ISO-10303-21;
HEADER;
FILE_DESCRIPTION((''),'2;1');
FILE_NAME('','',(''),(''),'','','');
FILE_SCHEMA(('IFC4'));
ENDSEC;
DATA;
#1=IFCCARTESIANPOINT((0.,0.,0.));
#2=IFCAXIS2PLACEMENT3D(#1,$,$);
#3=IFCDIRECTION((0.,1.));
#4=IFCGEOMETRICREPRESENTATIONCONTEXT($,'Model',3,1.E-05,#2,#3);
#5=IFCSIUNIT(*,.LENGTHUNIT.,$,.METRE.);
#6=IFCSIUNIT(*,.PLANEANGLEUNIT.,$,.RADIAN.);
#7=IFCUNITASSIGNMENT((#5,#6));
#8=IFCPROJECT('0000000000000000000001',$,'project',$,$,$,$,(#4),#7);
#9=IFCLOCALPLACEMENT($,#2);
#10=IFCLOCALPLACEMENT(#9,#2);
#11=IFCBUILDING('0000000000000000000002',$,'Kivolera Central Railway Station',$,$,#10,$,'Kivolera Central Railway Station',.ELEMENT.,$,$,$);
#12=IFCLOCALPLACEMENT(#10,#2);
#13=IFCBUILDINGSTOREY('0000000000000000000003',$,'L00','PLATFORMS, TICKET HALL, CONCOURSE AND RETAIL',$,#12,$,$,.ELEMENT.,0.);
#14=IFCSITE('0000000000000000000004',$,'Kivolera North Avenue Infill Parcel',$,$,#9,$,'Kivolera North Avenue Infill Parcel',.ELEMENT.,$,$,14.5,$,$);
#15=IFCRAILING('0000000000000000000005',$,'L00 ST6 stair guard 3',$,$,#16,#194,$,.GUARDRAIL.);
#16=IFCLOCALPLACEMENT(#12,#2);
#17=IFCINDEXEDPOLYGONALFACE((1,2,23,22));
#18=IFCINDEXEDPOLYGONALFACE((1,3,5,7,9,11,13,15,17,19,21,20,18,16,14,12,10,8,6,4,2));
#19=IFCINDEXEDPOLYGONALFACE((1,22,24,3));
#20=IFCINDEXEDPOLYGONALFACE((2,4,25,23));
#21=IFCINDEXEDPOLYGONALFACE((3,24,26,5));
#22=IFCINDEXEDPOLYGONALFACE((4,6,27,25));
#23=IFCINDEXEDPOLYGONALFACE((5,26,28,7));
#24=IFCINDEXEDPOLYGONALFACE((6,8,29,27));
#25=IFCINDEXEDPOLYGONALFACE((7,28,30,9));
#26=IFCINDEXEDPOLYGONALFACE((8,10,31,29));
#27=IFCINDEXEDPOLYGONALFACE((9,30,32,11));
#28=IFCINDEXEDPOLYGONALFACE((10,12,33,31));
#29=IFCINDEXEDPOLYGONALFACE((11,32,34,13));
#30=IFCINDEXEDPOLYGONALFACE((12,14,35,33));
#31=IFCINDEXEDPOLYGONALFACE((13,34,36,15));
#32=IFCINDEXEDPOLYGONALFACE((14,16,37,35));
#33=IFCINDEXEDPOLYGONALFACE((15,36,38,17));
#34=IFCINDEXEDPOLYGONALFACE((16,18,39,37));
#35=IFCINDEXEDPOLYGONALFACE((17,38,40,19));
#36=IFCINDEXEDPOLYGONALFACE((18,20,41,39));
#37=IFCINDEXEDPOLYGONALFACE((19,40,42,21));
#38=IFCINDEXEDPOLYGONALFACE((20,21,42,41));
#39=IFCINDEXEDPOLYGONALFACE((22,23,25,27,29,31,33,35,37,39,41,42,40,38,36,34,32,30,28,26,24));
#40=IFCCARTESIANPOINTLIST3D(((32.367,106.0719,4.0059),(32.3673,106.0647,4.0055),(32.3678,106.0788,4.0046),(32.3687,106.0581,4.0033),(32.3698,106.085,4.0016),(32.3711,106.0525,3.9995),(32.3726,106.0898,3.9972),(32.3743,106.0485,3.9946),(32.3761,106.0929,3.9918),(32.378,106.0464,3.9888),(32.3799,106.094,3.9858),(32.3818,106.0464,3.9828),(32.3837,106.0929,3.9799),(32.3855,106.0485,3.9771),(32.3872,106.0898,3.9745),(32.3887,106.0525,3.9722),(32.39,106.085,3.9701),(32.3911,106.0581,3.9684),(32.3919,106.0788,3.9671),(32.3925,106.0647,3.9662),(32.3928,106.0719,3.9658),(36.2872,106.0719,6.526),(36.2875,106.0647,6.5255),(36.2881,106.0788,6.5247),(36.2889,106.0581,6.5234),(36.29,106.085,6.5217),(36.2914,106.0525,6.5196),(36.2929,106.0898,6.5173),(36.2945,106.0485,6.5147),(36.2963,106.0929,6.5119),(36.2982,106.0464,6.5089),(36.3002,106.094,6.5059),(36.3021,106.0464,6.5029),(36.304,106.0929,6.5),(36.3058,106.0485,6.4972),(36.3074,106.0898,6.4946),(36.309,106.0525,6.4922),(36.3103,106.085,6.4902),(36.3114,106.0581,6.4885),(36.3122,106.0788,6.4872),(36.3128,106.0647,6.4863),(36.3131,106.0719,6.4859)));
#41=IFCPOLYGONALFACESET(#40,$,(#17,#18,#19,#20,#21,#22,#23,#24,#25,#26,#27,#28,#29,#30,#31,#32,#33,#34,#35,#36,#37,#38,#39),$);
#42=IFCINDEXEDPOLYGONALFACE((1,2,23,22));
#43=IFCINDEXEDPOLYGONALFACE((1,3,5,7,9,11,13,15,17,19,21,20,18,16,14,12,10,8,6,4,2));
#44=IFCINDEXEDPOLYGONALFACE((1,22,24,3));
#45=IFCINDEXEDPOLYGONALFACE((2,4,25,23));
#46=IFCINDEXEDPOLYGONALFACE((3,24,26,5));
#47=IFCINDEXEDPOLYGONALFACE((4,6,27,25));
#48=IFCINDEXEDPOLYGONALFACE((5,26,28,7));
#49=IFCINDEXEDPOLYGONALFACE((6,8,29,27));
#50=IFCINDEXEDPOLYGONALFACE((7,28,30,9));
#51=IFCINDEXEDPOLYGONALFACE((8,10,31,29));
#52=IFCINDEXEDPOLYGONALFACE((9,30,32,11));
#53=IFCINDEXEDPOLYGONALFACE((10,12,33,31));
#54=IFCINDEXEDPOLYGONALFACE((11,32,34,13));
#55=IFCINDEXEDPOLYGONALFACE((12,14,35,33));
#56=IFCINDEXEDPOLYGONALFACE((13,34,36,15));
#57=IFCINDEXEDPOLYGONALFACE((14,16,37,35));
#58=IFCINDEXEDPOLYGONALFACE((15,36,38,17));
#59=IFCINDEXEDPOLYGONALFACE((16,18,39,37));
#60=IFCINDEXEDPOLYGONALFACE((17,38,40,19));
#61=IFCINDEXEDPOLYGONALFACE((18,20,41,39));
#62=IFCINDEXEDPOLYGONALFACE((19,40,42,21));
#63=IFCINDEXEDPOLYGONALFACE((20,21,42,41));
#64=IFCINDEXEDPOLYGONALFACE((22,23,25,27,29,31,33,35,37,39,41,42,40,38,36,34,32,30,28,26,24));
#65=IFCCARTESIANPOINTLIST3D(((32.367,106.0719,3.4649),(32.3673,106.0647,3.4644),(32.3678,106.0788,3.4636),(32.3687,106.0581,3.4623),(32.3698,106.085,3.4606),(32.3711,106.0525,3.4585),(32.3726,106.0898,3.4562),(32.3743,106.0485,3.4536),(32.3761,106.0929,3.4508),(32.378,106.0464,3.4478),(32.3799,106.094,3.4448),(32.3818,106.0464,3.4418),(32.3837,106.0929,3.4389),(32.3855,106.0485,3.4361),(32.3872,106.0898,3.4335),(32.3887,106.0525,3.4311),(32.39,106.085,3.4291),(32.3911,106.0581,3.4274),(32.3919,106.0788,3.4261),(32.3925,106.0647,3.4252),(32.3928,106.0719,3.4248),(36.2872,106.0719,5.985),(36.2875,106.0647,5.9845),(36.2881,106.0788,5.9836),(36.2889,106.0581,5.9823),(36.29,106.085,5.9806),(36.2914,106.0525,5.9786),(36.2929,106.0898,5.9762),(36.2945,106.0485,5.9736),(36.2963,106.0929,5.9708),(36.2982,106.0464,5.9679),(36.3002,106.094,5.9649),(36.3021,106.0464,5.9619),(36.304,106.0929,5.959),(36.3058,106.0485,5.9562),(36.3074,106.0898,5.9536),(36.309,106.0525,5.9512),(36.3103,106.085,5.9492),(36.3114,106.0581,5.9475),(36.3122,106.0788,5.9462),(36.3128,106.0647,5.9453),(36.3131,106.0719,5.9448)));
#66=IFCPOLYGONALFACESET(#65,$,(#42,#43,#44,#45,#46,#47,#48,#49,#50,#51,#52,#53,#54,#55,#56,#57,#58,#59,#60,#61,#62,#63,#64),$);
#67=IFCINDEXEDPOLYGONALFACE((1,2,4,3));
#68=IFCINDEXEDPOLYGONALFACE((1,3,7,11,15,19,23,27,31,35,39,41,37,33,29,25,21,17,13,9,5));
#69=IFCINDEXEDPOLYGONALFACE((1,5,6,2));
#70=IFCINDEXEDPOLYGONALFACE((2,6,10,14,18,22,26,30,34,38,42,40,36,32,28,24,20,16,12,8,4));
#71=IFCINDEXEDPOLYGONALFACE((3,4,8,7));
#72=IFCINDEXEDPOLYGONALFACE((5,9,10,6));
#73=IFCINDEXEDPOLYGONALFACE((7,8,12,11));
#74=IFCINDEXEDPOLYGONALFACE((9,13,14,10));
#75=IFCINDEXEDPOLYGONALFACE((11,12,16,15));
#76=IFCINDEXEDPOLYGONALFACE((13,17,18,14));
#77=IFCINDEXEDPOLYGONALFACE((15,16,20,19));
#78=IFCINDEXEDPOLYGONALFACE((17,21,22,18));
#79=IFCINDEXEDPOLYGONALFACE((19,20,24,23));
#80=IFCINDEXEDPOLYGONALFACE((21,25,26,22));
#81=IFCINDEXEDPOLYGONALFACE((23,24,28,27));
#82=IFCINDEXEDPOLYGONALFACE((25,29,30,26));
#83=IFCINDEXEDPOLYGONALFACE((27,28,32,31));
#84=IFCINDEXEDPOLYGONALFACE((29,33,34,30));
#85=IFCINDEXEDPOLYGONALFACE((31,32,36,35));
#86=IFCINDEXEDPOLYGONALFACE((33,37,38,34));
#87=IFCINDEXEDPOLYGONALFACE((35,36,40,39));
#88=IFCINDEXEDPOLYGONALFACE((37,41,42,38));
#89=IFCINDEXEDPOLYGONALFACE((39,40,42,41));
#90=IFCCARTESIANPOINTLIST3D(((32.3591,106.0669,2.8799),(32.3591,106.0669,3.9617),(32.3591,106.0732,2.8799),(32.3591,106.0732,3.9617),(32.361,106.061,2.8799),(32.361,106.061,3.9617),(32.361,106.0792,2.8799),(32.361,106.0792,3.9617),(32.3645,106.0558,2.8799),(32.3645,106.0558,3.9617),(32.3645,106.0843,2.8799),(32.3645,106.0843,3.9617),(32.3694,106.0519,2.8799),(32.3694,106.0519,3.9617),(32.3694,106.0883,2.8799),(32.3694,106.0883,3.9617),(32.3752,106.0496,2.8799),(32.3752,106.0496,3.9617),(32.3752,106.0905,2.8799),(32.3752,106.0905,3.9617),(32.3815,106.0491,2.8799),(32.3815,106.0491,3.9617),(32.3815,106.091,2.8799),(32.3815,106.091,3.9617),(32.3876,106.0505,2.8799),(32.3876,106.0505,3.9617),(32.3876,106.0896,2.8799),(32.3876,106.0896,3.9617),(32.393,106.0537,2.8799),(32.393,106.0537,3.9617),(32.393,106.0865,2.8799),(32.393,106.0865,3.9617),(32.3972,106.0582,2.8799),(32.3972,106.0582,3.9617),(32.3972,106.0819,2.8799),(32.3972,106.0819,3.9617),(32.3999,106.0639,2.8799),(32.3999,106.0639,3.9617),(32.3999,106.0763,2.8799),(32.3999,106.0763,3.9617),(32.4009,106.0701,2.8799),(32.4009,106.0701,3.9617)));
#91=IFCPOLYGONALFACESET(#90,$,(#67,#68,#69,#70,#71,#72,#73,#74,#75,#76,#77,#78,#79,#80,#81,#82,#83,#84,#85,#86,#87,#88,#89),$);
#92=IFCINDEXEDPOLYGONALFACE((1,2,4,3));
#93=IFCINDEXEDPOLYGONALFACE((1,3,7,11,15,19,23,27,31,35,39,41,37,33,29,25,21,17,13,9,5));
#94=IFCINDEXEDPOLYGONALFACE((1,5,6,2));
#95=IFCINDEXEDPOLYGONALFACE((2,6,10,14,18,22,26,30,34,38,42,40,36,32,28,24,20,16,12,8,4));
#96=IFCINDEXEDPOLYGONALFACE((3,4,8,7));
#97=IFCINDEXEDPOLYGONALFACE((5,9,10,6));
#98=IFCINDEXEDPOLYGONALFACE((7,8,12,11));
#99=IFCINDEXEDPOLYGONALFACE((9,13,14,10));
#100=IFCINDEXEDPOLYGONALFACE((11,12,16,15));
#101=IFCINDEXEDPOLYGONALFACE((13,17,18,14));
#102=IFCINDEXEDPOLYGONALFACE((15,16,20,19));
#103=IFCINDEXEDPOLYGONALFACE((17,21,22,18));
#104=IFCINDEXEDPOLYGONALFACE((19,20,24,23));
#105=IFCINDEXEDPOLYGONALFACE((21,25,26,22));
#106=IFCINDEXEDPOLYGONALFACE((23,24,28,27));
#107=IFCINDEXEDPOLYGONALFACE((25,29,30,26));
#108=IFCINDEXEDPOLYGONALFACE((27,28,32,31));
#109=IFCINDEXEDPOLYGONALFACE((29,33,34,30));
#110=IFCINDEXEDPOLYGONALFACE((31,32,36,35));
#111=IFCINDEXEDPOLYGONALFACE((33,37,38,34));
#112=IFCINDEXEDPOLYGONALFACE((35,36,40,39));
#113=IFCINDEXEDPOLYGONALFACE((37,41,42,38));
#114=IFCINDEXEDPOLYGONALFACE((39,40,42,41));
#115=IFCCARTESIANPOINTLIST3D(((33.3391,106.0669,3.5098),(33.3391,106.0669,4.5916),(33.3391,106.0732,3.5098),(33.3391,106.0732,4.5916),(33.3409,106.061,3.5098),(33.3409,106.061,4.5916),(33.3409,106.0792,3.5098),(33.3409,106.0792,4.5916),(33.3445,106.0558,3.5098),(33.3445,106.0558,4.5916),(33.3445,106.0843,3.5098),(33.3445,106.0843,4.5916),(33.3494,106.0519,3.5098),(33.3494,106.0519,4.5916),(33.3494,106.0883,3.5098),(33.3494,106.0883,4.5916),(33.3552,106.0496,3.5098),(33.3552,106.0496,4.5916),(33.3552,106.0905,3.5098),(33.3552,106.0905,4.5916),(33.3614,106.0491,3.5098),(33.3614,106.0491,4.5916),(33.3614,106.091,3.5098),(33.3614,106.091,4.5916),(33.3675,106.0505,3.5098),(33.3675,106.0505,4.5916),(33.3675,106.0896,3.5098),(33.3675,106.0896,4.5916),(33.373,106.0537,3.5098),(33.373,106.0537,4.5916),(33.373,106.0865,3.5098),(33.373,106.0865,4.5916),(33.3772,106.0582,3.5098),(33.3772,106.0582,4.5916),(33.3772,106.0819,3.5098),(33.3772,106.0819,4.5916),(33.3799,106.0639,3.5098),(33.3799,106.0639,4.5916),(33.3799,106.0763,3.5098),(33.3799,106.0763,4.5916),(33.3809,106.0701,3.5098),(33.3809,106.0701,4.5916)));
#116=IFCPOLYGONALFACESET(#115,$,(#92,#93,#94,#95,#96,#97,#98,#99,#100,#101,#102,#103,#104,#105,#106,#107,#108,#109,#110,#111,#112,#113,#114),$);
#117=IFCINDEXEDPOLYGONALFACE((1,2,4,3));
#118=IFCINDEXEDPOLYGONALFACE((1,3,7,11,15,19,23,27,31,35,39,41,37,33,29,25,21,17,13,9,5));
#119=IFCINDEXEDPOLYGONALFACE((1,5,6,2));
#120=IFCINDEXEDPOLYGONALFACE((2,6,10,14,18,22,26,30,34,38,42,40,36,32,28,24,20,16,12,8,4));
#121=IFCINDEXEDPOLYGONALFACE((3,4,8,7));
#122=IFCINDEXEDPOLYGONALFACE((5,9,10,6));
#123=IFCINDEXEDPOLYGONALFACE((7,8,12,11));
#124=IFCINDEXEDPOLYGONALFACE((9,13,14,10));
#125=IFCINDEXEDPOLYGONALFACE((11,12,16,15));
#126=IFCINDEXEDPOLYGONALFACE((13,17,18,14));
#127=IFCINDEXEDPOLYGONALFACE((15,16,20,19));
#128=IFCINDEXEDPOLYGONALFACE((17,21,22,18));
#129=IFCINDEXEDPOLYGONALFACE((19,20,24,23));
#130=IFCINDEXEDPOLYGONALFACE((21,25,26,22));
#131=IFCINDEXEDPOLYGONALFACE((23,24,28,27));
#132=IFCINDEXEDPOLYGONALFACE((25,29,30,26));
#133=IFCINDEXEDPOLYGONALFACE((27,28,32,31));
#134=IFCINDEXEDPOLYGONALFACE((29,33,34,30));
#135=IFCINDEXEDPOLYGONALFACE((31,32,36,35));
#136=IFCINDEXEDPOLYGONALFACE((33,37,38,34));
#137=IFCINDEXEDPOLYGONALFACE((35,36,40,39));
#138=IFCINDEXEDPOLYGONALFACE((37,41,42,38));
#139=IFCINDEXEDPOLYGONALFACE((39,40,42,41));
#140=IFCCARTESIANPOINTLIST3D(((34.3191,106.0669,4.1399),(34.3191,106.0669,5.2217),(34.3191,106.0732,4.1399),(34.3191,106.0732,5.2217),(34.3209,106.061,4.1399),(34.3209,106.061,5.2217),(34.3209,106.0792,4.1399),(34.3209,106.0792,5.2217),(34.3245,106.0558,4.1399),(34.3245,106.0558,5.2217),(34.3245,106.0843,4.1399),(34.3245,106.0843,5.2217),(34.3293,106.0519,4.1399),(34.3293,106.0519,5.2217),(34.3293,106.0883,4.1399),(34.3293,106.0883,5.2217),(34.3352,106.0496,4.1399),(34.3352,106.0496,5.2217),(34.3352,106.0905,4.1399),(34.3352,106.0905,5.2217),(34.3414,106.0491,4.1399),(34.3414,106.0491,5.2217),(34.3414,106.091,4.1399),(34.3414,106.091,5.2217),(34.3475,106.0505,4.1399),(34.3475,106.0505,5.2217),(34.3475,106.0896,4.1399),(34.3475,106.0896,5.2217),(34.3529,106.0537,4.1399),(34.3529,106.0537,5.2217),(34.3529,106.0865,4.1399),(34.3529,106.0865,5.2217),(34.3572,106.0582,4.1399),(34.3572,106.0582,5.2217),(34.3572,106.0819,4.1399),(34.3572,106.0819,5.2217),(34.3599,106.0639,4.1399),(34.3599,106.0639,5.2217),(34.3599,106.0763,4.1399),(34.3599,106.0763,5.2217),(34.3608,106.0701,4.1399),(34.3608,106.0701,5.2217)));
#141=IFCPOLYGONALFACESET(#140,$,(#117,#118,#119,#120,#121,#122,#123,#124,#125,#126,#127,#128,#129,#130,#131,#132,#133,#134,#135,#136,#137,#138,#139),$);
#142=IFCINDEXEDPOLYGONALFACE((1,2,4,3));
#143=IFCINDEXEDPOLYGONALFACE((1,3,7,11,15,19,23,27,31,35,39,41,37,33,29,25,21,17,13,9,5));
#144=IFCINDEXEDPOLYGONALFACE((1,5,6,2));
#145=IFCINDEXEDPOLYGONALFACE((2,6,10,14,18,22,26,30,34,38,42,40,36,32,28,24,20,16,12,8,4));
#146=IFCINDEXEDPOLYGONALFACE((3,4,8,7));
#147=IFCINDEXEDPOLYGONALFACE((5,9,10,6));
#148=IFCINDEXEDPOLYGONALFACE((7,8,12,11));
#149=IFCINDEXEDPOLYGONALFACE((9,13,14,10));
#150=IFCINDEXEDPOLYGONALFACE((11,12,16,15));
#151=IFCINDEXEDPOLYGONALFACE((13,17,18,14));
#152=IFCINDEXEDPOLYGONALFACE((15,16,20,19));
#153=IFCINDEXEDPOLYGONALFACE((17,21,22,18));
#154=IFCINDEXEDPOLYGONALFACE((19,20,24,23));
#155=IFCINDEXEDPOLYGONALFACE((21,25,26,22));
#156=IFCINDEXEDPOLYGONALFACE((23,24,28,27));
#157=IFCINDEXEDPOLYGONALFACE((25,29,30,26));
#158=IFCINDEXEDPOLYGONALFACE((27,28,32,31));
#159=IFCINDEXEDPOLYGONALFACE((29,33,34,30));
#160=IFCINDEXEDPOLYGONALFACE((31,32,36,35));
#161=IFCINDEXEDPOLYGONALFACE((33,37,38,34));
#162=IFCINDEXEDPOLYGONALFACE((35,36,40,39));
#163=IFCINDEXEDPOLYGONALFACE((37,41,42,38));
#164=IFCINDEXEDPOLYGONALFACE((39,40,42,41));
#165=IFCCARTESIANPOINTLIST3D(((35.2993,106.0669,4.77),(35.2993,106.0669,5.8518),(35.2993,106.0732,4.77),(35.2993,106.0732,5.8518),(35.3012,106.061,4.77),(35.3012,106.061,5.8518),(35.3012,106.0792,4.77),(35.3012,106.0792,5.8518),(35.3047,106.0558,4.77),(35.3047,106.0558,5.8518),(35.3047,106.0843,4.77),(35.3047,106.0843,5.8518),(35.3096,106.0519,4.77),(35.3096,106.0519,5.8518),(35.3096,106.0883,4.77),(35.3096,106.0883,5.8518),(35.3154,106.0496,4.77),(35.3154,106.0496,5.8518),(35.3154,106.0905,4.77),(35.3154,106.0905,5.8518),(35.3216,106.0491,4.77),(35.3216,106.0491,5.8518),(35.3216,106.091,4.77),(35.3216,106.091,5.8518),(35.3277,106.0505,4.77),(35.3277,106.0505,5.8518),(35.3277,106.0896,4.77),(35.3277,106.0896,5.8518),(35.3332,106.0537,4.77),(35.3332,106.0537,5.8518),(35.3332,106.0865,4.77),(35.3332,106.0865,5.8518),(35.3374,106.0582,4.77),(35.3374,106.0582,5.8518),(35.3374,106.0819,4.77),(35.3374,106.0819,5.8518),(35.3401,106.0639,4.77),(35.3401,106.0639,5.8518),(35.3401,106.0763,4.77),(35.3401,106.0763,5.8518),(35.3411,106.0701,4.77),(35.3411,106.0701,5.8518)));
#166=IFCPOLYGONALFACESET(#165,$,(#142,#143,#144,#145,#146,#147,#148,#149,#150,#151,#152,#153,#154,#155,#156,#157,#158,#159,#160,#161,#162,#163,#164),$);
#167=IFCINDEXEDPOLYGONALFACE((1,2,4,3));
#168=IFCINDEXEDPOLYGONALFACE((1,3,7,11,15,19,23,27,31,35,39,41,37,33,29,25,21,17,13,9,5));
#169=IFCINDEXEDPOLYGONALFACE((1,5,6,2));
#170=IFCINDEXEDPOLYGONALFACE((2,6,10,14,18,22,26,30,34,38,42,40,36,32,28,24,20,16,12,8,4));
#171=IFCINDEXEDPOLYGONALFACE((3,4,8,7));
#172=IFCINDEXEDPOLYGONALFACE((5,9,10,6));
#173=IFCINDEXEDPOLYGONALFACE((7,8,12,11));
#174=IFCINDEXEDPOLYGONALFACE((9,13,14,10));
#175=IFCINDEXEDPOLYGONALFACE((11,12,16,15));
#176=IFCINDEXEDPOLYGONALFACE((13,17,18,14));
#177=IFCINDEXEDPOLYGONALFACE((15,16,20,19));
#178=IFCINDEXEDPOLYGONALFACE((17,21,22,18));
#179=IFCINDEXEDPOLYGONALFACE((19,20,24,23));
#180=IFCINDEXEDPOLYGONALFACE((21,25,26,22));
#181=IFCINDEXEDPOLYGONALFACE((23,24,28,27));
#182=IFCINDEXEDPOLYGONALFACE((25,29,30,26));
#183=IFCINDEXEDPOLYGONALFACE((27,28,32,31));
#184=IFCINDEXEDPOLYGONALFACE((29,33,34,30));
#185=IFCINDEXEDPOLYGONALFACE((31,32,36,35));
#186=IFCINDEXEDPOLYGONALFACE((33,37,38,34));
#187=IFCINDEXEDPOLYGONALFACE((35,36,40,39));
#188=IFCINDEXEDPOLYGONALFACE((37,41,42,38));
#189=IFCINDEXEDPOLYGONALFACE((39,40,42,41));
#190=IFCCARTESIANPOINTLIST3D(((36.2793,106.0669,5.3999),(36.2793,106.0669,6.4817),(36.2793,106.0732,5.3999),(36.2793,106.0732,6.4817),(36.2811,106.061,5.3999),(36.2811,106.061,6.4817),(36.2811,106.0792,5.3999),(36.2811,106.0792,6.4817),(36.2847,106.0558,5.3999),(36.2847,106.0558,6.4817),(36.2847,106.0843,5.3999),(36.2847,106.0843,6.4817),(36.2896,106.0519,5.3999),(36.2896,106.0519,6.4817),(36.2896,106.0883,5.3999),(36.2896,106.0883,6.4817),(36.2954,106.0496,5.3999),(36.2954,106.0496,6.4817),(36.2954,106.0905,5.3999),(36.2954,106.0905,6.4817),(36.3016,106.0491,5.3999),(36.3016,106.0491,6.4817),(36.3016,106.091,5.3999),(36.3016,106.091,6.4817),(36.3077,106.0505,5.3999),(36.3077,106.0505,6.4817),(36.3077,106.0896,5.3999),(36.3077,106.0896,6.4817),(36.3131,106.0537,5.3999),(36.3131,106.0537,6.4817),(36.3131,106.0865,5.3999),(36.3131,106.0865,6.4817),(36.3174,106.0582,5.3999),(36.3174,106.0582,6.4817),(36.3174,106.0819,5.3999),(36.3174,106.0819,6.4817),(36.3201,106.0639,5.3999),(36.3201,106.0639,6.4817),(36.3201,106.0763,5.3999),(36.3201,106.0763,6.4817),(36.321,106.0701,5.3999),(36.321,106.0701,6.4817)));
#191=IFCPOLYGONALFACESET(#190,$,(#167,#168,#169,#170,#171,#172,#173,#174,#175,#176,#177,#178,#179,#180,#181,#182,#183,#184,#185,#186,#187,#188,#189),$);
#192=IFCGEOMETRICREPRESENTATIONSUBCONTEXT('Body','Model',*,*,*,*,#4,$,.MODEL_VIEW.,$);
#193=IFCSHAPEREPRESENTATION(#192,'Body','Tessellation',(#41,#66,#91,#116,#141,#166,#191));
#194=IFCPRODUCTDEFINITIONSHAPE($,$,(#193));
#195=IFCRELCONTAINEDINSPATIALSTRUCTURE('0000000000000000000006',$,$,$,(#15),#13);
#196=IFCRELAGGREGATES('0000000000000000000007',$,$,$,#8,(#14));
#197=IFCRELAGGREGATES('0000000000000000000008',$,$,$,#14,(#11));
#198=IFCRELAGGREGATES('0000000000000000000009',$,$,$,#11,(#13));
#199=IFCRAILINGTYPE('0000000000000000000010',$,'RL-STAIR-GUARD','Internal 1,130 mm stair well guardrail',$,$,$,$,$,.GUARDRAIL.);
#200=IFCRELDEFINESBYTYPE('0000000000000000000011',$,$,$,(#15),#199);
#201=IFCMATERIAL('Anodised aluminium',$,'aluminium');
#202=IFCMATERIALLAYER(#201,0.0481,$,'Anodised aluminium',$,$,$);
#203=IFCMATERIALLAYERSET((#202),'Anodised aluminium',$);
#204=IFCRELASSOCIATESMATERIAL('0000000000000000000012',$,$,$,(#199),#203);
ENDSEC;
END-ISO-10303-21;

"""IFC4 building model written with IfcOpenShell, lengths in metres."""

from ifc_helpers import new_model, si_unit, direction, frame, origin, origin_2d, place, context, subcontext, project, spatial, circle, extrude, material, layer, layer_set, type_object, element, save


model = new_model("IFC4")

# Units and contexts
model_context = context("Model", 3, precision=1e-05, world=origin(), true_north=direction((0.0, 1.0)))
body_context = subcontext(model_context, "Body", "Model", "MODEL_VIEW")
ifc_project = project(units=[si_unit("LENGTHUNIT", "METRE"), si_unit("PLANEANGLEUNIT", "RADIAN")], contexts=[model_context])

# Site, building, storey
site_placement = place(None, origin())
site = spatial("IfcSite", under=ifc_project, at=site_placement, Name="Kivolera North Avenue Infill Parcel", LongName="Kivolera North Avenue Infill Parcel", CompositionType="ELEMENT", RefElevation=14.5)
building_placement = place(site_placement, origin())
building = spatial("IfcBuilding", under=site, at=building_placement, Name="Kivolera Central Railway Station", LongName="Kivolera Central Railway Station", CompositionType="ELEMENT")
storey_placement = place(building_placement, origin())
storey = spatial("IfcBuildingStorey", under=building, at=storey_placement, Name="L00", Description="PLATFORMS, TICKET HALL, CONCOURSE AND RETAIL", CompositionType="ELEMENT", Elevation=0.0)

# Shared definitions
ifc_material_1 = material(Name="Anodised aluminium", Category="aluminium")

# Railing
ifc_layer_1 = layer(ifc_material_1, 0.0481, Name="Anodised aluminium")
ifc_layer_set_1 = layer_set([ifc_layer_1], Name="Anodised aluminium")
railing_type = type_object("IfcRailingType", Name="RL-STAIR-GUARD", Description="Internal 1,130 mm stair well guardrail", PredefinedType="GUARDRAIL", material=ifc_layer_set_1)
railing_1_placement = place(storey_placement, frame((32.3799, 106.0701, 2.8799)))
element("IfcRailing", 1, at=railing_1_placement, inside=storey, type_object=railing_type, Name="L00 ST6 stair guard 3", PredefinedType="GUARDRAIL", context=body_context, shape_type="SweptSolid", body=[
    extrude(circle(Radius=0.0239, at=origin_2d()), frame((0.0, 0.0, 1.106), z_axis=(0.841187, 0.0, 0.540744), x_axis=(0.0, 1.0, 0.0)), (0.0, 0.0, 1.0), 4.6604),
    extrude(circle(Radius=0.0239, at=origin_2d()), frame((0.0, 0.0, 0.5649), z_axis=(0.841187, 0.0, 0.540744), x_axis=(0.0, 1.0, 0.0)), (0.0, 0.0, 1.0), 4.6604),
    extrude(circle(Radius=0.021, at=origin_2d()), origin(), (0.0, 0.0, 1.0), 1.0818),
    extrude(circle(Radius=0.021, at=origin_2d()), frame((0.98, 0.0, 0.6299)), (0.0, 0.0, 1.0), 1.0818),
    extrude(circle(Radius=0.021, at=origin_2d()), frame((1.96, 0.0, 1.26)), (0.0, 0.0, 1.0), 1.0818),
    extrude(circle(Radius=0.021, at=origin_2d()), frame((2.9402, 0.0, 1.8901)), (0.0, 0.0, 1.0), 1.0818),
    extrude(circle(Radius=0.021, at=origin_2d()), frame((3.9202, 0.0, 2.52)), (0.0, 0.0, 1.0), 1.0818),
])

save(model, "model.ifc")
